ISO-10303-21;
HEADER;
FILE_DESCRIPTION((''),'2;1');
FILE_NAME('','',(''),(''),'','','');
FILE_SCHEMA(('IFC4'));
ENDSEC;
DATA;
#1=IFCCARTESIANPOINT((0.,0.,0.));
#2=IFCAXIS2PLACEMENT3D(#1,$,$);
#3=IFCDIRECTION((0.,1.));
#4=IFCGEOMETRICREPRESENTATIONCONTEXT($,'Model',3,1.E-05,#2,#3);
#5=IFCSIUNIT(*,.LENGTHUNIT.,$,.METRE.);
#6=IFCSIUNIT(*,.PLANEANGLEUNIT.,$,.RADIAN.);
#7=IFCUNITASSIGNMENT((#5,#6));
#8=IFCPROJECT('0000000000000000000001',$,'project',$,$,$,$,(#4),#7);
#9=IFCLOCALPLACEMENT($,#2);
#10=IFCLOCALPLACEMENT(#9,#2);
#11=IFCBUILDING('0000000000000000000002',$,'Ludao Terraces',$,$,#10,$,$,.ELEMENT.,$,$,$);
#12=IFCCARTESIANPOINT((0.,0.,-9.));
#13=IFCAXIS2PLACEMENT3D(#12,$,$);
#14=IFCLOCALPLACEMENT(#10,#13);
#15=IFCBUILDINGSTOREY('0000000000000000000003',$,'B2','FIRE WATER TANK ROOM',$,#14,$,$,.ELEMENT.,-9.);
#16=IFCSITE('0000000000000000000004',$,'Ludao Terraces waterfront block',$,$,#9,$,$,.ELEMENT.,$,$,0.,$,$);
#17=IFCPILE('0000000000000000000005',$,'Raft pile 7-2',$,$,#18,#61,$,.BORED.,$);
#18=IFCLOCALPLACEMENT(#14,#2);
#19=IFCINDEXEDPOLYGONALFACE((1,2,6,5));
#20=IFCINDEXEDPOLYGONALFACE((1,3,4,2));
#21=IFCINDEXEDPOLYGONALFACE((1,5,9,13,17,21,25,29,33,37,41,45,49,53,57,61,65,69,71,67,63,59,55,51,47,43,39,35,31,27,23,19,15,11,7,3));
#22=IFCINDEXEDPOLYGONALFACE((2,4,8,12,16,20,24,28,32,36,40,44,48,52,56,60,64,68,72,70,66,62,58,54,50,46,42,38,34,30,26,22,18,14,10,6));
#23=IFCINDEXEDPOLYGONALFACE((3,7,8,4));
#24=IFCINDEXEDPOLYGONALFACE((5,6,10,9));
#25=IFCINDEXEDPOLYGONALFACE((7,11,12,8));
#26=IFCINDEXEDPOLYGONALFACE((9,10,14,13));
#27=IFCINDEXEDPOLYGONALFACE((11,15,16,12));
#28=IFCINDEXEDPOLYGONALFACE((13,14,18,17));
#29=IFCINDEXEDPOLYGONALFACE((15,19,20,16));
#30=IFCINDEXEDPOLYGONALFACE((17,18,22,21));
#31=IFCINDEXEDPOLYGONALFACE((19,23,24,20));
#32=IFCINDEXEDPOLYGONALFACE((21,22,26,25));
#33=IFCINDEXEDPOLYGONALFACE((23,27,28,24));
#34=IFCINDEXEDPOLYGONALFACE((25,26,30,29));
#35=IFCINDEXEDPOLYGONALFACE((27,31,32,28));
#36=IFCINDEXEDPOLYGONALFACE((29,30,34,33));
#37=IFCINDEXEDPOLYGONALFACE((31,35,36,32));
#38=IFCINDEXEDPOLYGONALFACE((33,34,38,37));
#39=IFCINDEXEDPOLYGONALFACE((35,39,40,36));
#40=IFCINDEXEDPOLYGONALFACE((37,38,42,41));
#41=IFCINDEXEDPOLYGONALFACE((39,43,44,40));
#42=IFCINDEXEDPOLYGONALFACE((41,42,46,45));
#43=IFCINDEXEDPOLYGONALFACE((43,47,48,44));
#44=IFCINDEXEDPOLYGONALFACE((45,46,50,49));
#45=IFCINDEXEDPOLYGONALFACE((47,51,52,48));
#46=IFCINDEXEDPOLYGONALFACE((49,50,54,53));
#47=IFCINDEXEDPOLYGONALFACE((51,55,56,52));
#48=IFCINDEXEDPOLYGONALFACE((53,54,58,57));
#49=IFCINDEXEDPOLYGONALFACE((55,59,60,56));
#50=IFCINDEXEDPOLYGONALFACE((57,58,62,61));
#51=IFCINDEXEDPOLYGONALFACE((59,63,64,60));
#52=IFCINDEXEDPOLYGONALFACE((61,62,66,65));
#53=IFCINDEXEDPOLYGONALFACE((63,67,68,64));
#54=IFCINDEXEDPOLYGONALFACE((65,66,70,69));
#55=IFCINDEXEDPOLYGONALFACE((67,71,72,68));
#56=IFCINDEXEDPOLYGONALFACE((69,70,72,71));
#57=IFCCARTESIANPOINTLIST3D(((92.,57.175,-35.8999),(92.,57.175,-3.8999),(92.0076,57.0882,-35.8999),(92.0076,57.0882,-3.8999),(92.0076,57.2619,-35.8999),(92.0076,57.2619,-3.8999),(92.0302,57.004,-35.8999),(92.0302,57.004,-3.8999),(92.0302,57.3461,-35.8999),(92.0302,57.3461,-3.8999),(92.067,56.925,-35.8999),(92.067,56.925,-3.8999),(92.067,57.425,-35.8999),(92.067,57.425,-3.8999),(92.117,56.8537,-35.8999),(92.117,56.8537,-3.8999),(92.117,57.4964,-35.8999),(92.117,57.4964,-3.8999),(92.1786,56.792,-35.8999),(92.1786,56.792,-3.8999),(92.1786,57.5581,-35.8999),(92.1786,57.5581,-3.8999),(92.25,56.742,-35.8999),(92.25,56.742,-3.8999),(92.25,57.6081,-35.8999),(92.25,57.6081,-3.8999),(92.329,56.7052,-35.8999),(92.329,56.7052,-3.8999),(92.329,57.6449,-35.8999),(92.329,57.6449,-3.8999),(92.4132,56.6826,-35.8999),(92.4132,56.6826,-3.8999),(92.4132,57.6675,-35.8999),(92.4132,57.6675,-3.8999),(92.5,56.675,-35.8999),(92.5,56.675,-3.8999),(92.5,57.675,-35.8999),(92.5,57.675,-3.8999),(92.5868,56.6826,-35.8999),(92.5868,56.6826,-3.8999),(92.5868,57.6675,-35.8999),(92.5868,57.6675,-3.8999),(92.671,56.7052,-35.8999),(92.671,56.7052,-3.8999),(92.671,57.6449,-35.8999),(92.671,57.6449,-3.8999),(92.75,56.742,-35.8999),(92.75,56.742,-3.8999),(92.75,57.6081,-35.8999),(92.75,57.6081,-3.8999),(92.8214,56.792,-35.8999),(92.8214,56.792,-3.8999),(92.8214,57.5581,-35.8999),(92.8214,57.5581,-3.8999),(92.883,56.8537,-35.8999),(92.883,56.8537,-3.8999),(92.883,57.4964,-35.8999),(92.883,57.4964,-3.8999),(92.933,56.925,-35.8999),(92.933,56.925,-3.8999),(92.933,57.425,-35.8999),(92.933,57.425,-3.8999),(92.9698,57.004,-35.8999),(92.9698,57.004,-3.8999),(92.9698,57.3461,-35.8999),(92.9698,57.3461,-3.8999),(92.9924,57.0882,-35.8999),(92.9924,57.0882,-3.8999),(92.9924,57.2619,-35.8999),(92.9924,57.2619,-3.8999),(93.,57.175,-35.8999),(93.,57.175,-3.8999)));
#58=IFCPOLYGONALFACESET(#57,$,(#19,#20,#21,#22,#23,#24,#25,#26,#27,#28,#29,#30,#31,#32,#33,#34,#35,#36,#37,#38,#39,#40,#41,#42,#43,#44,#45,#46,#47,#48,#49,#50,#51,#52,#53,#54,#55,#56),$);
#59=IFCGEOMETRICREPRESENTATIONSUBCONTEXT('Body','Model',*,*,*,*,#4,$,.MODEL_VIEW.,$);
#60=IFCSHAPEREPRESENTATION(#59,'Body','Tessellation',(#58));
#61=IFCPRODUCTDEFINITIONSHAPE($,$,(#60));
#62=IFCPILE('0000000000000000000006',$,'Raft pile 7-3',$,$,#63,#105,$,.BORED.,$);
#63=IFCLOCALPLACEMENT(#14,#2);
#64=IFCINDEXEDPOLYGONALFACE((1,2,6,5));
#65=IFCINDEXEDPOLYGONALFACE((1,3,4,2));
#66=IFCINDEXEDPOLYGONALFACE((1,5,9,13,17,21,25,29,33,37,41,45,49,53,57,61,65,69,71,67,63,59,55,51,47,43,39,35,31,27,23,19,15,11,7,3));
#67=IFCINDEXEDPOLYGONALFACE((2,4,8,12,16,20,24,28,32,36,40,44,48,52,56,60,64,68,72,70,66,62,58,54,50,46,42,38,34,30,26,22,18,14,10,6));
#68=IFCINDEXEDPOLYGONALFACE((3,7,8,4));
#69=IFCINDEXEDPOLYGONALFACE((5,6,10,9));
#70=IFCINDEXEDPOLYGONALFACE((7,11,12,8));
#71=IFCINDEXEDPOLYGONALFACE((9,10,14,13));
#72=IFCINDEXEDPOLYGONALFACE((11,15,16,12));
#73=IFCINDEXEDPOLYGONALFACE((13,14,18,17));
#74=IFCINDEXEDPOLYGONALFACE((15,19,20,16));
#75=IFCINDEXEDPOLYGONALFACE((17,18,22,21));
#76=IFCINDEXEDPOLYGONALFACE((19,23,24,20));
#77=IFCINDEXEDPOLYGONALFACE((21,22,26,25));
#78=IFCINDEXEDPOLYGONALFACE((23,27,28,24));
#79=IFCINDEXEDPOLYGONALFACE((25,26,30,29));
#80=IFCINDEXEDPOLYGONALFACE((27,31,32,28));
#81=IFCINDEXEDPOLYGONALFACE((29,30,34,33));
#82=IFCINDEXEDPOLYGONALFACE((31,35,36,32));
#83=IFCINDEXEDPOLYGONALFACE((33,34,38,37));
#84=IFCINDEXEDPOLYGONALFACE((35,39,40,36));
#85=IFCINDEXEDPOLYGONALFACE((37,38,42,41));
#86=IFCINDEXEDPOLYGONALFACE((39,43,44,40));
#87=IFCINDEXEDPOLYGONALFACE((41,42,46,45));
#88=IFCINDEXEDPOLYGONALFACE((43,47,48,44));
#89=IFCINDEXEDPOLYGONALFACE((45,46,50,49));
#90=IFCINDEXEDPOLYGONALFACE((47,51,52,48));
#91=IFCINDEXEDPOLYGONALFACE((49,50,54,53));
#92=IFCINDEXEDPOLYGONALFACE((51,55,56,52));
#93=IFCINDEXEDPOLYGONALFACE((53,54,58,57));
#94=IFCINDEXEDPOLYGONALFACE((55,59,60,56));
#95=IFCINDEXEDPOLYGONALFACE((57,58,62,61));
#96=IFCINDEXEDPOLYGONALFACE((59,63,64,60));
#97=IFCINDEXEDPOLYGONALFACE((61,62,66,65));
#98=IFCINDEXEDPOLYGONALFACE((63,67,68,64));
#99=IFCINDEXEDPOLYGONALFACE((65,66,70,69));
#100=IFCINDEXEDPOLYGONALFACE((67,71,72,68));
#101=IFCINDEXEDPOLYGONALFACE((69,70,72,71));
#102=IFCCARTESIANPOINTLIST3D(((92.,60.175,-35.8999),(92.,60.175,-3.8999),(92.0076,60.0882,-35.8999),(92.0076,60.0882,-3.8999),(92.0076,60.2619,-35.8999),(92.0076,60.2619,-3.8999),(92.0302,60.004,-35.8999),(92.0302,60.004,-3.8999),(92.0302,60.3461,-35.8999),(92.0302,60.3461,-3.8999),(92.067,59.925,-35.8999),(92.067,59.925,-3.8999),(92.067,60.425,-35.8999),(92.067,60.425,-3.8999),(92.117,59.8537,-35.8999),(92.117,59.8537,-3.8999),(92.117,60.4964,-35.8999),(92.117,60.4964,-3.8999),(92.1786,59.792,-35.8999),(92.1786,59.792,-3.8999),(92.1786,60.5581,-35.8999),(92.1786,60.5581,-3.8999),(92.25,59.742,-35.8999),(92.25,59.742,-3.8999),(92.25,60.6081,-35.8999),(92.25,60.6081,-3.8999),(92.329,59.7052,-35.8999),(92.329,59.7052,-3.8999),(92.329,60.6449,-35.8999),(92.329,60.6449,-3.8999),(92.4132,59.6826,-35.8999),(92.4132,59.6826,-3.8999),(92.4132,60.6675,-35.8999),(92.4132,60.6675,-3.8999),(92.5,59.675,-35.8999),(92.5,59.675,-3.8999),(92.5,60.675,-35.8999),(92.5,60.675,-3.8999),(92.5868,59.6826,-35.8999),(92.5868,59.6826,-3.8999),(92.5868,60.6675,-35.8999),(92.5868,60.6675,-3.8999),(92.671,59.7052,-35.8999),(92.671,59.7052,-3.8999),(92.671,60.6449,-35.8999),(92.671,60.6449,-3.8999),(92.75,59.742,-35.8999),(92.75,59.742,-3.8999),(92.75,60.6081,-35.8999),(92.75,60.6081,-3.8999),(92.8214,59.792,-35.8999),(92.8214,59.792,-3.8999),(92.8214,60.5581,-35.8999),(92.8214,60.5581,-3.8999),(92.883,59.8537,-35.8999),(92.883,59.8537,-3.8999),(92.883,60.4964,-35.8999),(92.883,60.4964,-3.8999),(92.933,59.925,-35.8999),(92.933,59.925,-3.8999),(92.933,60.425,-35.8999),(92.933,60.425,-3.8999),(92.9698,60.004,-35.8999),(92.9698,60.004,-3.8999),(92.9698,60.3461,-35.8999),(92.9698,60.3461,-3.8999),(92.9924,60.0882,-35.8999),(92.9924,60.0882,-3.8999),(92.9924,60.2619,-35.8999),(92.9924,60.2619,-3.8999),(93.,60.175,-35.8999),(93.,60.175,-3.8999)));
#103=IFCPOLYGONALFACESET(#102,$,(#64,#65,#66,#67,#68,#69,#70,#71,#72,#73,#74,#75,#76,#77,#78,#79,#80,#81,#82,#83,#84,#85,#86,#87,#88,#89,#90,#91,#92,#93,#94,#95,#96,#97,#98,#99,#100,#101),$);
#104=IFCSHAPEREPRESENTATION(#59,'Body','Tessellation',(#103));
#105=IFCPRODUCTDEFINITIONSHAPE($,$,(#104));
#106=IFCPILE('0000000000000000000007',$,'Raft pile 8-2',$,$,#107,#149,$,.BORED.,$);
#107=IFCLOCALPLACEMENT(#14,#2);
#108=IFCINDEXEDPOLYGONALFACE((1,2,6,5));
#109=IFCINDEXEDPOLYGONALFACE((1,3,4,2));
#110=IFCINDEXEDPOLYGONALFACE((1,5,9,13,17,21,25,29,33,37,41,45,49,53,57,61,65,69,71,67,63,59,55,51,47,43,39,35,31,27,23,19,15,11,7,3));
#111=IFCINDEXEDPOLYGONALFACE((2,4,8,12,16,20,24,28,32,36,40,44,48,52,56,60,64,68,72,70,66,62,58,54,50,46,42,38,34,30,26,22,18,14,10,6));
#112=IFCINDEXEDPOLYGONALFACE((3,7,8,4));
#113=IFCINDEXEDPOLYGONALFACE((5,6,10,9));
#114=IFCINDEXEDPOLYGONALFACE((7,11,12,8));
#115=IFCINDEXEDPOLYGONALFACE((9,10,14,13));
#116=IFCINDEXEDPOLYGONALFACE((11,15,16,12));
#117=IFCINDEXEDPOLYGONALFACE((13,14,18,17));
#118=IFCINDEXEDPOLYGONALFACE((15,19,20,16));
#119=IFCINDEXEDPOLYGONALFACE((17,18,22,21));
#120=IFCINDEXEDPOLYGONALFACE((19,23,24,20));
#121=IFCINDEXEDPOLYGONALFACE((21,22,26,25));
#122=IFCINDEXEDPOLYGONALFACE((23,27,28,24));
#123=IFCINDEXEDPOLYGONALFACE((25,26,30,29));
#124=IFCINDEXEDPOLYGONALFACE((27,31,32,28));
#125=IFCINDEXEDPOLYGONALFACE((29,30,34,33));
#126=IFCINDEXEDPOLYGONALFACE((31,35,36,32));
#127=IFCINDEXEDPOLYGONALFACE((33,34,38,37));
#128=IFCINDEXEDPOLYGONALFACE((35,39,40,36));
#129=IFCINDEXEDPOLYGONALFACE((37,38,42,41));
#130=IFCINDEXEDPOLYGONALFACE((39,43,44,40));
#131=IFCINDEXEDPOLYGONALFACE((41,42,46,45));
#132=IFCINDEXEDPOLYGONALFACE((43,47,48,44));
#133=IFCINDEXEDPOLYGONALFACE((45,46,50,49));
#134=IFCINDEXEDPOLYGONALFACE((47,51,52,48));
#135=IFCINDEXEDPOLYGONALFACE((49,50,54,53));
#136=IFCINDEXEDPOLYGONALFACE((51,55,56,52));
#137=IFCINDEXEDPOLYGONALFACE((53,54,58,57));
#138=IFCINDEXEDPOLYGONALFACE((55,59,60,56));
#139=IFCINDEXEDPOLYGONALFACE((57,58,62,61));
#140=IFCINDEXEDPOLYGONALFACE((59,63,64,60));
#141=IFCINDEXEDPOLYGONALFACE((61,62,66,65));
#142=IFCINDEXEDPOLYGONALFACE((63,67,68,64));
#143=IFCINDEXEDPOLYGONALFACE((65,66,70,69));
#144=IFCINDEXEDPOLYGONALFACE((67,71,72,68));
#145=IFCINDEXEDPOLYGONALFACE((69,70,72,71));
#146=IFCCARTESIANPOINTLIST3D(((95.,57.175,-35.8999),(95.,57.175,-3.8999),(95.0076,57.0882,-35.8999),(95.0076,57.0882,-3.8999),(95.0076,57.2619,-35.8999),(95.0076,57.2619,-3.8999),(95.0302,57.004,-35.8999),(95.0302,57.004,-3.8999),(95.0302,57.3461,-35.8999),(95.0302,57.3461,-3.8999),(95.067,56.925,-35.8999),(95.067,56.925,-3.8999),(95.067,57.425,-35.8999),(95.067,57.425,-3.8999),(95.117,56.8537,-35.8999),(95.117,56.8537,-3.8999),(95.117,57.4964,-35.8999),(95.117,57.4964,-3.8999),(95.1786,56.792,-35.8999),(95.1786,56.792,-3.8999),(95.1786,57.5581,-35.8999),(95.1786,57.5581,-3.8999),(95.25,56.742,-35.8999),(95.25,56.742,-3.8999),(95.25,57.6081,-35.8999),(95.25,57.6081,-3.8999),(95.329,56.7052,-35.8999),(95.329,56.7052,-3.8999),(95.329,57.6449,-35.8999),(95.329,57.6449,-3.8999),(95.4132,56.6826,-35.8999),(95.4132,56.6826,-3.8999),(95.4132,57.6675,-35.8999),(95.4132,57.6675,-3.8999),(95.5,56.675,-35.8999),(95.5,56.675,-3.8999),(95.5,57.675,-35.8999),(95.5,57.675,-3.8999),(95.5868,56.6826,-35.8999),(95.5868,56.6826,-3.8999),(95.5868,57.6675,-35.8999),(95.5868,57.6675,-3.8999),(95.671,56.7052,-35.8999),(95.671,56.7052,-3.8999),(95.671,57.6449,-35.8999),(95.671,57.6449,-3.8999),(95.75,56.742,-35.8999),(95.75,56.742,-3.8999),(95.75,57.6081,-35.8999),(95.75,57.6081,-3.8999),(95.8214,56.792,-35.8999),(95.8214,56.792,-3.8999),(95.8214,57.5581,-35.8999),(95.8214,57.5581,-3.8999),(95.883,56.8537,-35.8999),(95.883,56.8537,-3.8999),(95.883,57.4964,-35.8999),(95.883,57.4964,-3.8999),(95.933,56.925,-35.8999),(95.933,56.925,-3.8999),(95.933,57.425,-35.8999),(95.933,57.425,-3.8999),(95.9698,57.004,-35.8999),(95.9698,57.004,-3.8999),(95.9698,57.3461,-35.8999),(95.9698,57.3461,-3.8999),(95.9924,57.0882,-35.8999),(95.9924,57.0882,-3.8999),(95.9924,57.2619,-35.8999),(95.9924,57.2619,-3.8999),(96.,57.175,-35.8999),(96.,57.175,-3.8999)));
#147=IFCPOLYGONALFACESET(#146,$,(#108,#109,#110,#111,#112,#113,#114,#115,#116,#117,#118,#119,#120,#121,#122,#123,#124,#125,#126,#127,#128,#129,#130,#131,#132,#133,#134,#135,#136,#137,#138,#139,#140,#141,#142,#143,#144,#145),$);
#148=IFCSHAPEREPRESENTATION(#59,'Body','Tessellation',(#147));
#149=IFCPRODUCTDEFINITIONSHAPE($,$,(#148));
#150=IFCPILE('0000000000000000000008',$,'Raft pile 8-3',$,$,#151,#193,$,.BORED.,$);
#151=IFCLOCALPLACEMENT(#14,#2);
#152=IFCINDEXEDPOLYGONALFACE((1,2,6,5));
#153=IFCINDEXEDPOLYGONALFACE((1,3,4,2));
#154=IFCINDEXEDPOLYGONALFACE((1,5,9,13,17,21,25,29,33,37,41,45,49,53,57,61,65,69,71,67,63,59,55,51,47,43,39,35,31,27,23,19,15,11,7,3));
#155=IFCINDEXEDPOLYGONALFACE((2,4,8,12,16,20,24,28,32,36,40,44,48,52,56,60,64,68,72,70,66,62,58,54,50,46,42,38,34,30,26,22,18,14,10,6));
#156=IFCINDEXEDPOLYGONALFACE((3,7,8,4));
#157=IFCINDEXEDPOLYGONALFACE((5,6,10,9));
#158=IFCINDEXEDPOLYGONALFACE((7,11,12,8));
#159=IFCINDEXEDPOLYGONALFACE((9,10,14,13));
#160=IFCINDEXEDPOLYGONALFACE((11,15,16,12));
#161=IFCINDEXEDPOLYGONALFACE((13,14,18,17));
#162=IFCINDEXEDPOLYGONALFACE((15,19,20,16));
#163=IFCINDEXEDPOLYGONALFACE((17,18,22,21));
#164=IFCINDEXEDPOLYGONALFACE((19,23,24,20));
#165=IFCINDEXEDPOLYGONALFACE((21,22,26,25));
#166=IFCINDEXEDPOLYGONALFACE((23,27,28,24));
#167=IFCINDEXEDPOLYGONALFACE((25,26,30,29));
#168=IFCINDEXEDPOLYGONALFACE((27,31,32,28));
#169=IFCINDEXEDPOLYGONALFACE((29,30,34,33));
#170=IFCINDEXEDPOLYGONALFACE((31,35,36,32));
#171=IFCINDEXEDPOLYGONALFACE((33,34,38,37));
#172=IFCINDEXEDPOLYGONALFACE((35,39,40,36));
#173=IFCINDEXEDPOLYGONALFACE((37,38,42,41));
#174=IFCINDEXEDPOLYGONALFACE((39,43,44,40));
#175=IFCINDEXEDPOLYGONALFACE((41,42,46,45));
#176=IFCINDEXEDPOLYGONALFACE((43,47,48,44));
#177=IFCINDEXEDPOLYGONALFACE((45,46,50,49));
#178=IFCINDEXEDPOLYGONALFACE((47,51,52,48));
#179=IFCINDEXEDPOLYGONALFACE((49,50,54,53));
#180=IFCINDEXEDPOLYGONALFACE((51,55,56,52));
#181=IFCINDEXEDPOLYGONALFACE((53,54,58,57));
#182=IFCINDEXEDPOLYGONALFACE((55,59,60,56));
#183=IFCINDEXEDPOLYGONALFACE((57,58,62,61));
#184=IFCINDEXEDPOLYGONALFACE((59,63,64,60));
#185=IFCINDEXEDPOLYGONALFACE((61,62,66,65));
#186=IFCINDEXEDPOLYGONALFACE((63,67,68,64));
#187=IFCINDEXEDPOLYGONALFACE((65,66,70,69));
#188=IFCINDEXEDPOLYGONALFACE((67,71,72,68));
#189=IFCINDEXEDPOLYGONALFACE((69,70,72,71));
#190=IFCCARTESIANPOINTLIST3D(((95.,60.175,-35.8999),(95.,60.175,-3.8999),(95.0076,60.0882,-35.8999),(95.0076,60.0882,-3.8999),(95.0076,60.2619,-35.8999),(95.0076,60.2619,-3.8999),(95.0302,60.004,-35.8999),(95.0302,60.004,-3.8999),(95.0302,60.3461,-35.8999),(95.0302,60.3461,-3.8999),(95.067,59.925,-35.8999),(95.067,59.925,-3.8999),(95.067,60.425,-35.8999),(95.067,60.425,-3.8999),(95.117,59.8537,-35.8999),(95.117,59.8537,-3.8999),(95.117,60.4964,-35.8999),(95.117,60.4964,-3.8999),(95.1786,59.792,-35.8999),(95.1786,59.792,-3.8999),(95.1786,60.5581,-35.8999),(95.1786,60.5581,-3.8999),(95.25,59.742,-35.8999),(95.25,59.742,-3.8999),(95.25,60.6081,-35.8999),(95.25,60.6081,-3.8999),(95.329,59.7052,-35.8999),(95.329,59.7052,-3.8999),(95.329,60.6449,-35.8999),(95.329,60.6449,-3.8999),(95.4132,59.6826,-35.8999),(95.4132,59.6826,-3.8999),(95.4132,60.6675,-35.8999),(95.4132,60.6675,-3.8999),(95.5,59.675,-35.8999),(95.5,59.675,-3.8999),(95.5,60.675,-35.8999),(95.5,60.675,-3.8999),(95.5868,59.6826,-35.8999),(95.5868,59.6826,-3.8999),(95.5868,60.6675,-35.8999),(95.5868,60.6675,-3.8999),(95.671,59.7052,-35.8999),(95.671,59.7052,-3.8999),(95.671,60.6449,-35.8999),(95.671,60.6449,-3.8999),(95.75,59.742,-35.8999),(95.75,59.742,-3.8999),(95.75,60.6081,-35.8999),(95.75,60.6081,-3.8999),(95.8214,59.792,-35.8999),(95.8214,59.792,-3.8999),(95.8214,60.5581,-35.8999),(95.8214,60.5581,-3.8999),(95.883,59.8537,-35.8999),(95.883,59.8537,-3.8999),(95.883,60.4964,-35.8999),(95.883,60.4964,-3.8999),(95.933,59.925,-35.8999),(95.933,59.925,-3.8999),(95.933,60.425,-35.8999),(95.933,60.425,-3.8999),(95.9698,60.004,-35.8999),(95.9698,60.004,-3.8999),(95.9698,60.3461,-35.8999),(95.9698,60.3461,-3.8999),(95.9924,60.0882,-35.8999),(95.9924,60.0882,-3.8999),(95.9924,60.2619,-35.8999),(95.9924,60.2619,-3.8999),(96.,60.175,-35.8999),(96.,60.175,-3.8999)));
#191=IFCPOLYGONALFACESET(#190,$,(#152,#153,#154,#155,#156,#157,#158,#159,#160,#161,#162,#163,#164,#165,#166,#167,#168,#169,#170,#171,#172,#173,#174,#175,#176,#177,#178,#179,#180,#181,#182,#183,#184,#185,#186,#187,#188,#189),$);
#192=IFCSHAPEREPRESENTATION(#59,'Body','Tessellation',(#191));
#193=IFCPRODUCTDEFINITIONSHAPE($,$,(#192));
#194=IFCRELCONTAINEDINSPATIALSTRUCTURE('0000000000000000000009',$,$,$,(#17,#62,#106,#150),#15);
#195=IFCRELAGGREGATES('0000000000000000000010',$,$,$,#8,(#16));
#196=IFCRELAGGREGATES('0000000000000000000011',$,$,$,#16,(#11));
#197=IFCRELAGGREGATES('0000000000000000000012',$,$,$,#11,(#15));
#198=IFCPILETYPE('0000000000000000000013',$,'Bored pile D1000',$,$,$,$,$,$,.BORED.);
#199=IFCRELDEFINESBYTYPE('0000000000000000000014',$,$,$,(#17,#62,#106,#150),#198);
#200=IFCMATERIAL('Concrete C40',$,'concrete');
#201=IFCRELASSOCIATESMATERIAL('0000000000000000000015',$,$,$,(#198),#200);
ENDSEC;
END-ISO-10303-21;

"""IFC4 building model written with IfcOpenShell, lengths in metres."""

from ifc_helpers import new_model, si_unit, direction, frame, origin, origin_2d, place, context, subcontext, project, spatial, circle, extrude, material, material_profile, profile_set, type_object, element, save


model = new_model("IFC4")

# Units and contexts
model_context = context("Model", 3, precision=1e-05, world=origin(), true_north=direction((0.0, 1.0)))
body_context = subcontext(model_context, "Body", "Model", "MODEL_VIEW")
ifc_project = project(units=[si_unit("LENGTHUNIT", "METRE"), si_unit("PLANEANGLEUNIT", "RADIAN")], contexts=[model_context])

# Site, building, storey
site_placement = place(None, origin())
site = spatial("IfcSite", under=ifc_project, at=site_placement, Name="Ludao Terraces waterfront block", CompositionType="ELEMENT", RefElevation=0.0)
building_placement = place(site_placement, origin())
building = spatial("IfcBuilding", under=site, at=building_placement, Name="Ludao Terraces", CompositionType="ELEMENT")
storey_placement = place(building_placement, frame((0.0, 0.0, -9.0)))
storey = spatial("IfcBuildingStorey", under=building, at=storey_placement, Name="B2", Description="FIRE WATER TANK ROOM", CompositionType="ELEMENT", Elevation=-9.0)

# Piles
ifc_material_1 = material(Name="Concrete C40", Category="concrete")
ifc_material_profile = material_profile(ifc_material_1, circle(Radius=0.5, at=origin_2d()), Name="D1000 BORED PILE")
ifc_profile_set = profile_set([ifc_material_profile], Name="Concrete C40")
pile_type = type_object("IfcPileType", Name="Bored pile D1000", PredefinedType="BORED", material=ifc_profile_set)
for number, where, z_axis, x_axis, name in (
    (1, (92.5, 57.175, -3.8999), (0.0, 0.0, -1.0), (1.0, 0.0, 0.0), "Raft pile 7-2"),
    (2, (92.5, 60.175, -3.8999), (0.0, 0.0, -1.0), (1.0, 0.0, 0.0), "Raft pile 7-3"),
    (3, (95.5, 57.175, -3.8999), (0.0, 0.0, -1.0), (1.0, 0.0, 0.0), "Raft pile 8-2"),
    (4, (95.5, 60.175, -3.8999), (0.0, 0.0, -1.0), (1.0, 0.0, 0.0), "Raft pile 8-3"),
):
    element("IfcPile", number, at=place(storey_placement, frame(where, z_axis=z_axis, x_axis=x_axis)), inside=storey, type_object=pile_type, Name=name, PredefinedType="BORED", context=body_context, shape_type="SweptSolid", body=[
        extrude(circle(Radius=0.5, at=origin_2d()), origin(), (0.0, 0.0, 1.0), 32.0),
    ])

save(model, "model.ifc")
